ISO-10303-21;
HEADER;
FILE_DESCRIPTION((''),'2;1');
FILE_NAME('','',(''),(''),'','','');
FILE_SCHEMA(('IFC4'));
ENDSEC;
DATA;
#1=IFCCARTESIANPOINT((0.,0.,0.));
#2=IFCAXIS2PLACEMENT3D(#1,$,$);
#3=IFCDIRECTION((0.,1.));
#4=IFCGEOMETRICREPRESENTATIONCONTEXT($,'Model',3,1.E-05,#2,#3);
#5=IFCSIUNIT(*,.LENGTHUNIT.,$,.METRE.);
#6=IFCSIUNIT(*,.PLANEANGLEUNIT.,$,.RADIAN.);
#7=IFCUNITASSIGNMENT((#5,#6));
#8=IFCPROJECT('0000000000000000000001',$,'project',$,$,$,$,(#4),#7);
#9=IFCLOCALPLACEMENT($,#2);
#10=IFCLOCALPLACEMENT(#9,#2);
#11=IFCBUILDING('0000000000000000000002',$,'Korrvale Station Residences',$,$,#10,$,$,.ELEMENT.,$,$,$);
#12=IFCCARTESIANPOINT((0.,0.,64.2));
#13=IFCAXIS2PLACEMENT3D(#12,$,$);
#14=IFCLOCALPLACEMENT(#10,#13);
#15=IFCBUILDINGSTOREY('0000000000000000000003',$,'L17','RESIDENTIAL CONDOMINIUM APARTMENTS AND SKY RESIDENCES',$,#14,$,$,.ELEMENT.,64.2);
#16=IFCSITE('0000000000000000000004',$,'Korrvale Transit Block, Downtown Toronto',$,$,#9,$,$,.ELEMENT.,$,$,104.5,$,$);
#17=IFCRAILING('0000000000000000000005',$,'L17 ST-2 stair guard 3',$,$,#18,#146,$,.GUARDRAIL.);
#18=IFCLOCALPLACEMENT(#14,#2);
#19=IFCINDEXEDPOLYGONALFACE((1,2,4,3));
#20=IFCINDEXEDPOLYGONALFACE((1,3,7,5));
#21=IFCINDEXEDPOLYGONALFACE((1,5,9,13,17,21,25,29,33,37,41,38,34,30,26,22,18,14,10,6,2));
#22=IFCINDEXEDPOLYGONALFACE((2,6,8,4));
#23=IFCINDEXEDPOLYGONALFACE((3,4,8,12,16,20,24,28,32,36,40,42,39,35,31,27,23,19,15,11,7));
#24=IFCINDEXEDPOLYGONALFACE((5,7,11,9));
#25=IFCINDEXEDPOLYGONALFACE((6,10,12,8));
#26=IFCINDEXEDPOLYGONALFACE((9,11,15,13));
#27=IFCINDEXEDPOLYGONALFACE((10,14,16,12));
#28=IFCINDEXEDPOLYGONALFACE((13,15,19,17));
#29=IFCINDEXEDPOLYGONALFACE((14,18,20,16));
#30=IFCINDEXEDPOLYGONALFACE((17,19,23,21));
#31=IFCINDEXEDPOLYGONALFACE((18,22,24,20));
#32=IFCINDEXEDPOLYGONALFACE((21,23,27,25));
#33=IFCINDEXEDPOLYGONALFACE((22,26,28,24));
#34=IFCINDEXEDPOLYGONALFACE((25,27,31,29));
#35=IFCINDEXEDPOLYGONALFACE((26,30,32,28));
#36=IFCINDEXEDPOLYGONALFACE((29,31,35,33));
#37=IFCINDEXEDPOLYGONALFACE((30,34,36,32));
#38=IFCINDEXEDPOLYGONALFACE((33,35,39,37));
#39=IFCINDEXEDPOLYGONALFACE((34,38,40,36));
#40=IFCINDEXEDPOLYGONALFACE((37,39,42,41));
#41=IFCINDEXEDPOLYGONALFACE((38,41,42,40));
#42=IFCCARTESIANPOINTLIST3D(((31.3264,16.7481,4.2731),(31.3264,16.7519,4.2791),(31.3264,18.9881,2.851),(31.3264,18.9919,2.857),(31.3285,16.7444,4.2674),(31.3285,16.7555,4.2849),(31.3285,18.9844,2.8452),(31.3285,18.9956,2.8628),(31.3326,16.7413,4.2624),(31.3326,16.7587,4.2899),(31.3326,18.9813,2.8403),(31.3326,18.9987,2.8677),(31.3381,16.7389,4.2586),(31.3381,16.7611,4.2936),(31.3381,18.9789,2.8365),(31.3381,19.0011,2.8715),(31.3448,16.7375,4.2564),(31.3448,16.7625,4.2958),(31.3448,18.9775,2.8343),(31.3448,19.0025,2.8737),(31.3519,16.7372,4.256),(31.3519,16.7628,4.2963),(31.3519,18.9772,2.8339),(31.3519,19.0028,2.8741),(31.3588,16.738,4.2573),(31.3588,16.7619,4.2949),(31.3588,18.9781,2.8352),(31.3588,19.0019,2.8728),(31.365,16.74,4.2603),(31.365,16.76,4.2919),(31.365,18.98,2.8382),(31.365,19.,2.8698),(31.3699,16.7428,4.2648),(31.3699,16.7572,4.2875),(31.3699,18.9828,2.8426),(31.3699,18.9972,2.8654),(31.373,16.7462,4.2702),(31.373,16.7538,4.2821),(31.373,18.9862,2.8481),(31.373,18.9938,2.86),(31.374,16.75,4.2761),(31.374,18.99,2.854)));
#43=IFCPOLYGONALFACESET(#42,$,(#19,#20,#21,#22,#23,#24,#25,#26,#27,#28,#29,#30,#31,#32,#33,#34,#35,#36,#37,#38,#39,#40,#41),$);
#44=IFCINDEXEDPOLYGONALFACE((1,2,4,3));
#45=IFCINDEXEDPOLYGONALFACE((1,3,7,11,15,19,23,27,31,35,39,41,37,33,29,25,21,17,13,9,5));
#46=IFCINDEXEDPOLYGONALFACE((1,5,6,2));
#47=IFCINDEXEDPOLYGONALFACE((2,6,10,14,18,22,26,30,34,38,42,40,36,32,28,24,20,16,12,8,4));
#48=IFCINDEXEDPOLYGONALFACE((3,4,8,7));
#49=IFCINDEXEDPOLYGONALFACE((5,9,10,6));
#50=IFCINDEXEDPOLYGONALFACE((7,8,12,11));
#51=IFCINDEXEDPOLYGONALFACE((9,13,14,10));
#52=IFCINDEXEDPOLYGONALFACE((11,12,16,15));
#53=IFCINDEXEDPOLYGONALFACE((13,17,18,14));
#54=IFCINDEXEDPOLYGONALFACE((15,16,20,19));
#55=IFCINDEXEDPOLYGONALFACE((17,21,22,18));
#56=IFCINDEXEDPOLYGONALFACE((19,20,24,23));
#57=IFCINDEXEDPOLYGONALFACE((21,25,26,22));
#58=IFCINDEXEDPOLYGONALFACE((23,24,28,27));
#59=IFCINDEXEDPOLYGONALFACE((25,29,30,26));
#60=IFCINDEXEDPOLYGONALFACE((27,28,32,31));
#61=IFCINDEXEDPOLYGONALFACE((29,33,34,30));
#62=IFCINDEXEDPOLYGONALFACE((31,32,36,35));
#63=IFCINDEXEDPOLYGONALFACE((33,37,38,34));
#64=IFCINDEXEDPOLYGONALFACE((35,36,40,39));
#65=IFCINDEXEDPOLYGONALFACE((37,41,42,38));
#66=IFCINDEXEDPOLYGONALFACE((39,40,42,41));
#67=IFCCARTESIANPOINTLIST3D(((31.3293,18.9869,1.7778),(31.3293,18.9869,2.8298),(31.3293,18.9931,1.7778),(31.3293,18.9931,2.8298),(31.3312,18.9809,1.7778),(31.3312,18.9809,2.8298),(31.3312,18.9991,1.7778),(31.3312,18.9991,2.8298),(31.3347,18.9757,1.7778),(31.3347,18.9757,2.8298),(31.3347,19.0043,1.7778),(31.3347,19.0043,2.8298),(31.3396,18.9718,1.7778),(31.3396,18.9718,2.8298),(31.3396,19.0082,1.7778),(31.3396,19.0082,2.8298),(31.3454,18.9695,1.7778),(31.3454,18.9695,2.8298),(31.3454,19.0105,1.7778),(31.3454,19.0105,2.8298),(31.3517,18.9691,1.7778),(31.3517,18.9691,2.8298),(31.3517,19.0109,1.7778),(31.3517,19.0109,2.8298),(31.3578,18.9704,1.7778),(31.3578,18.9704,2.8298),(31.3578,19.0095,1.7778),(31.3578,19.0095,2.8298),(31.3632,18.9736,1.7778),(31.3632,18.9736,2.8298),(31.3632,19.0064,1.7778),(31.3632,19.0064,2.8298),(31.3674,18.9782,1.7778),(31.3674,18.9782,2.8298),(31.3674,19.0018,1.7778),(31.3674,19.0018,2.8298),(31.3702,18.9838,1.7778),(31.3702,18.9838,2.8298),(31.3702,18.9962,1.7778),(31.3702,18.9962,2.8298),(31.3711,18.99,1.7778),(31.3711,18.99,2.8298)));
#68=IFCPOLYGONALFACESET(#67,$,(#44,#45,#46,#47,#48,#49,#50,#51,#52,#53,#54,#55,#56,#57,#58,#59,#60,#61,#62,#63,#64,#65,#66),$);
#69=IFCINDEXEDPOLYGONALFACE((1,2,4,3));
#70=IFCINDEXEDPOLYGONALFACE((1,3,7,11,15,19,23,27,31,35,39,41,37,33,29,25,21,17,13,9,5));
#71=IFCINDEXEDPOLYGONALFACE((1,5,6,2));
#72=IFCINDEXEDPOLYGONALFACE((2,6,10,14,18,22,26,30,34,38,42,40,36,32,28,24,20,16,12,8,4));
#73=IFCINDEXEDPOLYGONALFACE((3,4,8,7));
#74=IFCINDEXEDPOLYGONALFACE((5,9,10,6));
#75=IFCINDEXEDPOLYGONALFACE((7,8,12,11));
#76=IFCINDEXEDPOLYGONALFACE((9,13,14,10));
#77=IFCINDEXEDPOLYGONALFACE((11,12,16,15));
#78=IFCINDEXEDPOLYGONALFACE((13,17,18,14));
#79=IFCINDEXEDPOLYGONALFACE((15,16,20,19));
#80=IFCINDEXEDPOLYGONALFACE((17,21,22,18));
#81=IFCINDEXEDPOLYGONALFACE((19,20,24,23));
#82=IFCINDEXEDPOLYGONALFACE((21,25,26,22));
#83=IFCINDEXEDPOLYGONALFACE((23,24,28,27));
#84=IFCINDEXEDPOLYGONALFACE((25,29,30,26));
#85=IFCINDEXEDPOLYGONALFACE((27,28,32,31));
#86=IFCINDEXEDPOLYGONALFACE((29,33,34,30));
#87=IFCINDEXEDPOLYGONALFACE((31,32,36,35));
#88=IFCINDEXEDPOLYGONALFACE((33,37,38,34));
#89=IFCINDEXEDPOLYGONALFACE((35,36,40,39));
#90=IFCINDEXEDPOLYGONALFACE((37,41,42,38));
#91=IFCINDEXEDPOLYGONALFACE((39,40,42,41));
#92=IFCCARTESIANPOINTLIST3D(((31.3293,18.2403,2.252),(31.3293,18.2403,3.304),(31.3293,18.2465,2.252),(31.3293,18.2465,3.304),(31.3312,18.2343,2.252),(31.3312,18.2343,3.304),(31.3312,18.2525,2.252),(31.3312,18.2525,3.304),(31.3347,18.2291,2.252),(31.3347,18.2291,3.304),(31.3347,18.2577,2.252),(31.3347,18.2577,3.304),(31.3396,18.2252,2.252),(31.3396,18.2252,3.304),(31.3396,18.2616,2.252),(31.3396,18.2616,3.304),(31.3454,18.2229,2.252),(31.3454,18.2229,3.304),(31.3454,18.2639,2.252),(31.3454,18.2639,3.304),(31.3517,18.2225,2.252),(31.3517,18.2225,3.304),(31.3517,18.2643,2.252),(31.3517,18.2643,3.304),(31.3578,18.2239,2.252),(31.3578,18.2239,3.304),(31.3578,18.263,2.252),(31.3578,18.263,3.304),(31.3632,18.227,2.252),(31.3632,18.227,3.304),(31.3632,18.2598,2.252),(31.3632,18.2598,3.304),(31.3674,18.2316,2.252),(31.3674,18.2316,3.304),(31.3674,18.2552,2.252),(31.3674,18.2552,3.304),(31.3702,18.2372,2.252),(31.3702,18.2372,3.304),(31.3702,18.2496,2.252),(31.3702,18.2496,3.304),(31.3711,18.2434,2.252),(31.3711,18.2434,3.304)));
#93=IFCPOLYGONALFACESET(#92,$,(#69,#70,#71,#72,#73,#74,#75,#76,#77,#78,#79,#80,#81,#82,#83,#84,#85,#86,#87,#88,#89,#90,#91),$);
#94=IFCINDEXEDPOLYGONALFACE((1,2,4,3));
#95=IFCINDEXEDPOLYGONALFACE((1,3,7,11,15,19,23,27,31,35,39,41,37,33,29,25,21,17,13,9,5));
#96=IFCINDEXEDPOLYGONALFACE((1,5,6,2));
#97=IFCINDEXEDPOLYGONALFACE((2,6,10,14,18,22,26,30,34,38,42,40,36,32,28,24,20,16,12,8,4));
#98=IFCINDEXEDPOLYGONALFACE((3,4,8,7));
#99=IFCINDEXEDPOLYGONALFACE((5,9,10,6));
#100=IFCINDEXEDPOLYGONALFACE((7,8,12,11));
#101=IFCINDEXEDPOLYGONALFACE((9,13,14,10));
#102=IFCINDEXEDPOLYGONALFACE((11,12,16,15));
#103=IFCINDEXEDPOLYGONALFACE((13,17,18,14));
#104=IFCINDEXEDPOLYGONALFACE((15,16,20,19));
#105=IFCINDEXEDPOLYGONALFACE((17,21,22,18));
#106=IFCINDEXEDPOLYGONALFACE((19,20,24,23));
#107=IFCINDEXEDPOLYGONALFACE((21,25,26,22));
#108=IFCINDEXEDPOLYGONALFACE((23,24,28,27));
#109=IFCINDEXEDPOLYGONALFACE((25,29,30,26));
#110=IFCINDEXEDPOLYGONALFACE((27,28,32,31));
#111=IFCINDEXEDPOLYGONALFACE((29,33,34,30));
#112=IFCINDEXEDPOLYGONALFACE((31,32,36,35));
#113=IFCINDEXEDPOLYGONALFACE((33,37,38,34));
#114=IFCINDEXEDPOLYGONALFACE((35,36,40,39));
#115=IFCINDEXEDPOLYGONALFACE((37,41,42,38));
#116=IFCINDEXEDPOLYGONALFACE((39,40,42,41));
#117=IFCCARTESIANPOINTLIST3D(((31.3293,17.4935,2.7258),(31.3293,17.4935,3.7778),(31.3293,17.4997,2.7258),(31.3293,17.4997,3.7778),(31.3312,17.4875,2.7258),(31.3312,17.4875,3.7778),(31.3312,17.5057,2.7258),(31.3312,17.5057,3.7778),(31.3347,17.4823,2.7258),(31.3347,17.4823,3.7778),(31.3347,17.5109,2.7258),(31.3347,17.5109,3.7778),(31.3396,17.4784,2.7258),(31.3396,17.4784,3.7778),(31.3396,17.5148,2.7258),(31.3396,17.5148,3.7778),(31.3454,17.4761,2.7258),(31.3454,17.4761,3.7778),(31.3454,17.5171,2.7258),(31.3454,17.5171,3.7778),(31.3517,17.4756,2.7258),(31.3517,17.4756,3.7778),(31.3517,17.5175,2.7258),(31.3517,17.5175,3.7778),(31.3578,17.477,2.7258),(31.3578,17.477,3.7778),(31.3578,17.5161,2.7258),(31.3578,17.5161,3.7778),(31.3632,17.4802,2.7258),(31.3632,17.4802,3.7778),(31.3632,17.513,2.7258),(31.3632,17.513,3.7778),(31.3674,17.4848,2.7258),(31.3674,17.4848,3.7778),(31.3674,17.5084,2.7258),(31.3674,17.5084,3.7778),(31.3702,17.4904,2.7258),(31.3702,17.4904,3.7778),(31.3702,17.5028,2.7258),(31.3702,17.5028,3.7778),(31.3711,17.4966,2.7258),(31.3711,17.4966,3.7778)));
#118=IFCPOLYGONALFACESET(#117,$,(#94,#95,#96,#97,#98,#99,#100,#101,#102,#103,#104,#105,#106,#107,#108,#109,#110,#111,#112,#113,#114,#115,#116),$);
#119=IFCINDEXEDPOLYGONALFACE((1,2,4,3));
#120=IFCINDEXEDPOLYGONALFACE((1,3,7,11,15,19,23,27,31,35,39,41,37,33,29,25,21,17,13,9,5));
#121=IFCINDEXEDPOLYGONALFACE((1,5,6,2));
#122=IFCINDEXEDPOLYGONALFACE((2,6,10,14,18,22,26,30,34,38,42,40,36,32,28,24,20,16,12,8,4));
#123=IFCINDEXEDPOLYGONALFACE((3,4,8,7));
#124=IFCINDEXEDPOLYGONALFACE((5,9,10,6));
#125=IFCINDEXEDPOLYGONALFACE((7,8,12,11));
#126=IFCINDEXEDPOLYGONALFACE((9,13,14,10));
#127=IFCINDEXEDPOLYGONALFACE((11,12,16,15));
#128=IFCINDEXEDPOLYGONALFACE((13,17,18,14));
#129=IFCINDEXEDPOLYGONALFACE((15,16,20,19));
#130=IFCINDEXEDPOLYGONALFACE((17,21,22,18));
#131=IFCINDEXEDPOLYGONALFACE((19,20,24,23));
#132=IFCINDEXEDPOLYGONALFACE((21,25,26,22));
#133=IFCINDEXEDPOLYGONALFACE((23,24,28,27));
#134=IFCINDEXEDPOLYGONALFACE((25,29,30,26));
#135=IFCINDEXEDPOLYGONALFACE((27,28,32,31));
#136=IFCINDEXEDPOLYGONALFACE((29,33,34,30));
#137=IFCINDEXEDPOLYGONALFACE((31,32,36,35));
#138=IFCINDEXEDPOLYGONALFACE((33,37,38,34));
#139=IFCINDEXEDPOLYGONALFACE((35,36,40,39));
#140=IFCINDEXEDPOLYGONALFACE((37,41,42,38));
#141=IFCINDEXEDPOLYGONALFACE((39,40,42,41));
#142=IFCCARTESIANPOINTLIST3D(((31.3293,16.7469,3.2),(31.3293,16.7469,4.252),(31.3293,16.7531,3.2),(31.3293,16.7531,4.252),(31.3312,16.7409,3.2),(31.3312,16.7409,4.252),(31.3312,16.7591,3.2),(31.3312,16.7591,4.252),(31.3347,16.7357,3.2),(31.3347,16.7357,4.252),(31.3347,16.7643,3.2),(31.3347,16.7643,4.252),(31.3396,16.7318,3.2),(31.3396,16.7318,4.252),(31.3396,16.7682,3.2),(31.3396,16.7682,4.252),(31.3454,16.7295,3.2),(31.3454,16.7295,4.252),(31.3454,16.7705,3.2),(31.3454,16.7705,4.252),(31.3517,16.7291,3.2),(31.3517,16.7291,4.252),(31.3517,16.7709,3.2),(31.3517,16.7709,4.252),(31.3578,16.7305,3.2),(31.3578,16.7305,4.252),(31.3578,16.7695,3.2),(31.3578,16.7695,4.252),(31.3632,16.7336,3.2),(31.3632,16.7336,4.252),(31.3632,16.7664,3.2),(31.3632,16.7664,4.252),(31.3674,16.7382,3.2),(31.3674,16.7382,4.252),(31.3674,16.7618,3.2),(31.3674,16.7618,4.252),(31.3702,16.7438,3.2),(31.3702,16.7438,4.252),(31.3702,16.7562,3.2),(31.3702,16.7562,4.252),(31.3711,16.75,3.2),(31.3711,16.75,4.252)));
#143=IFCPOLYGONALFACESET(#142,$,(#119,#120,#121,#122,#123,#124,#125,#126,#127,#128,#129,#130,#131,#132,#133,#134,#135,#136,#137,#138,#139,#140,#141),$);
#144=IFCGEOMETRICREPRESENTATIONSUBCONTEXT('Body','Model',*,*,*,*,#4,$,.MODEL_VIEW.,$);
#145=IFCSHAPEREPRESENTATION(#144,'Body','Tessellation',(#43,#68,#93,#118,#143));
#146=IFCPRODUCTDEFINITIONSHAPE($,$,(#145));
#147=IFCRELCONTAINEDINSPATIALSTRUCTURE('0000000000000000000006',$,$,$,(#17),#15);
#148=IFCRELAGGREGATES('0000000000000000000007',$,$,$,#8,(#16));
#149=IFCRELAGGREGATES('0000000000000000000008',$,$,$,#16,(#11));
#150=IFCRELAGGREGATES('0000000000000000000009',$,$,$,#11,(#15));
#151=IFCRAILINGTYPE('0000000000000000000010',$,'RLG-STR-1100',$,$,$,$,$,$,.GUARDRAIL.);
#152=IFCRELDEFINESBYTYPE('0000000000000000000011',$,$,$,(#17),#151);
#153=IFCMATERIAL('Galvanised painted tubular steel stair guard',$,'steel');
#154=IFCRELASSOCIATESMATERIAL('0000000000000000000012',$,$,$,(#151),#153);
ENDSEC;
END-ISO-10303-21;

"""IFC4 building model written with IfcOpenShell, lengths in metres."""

from ifc_helpers import new_model, si_unit, direction, frame, origin, origin_2d, place, context, subcontext, project, spatial, circle, extrude, material, type_object, element, save


model = new_model("IFC4")

# Units and contexts
model_context = context("Model", 3, precision=1e-05, world=origin(), true_north=direction((0.0, 1.0)))
body_context = subcontext(model_context, "Body", "Model", "MODEL_VIEW")
ifc_project = project(units=[si_unit("LENGTHUNIT", "METRE"), si_unit("PLANEANGLEUNIT", "RADIAN")], contexts=[model_context])

# Site, building, storey
site_placement = place(None, origin())
site = spatial("IfcSite", under=ifc_project, at=site_placement, Name="Korrvale Transit Block, Downtown Toronto", CompositionType="ELEMENT", RefElevation=104.5)
building_placement = place(site_placement, origin())
building = spatial("IfcBuilding", under=site, at=building_placement, Name="Korrvale Station Residences", CompositionType="ELEMENT")
storey_placement = place(building_placement, frame((0.0, 0.0, 64.2)))
storey = spatial("IfcBuildingStorey", under=building, at=storey_placement, Name="L17", Description="RESIDENTIAL CONDOMINIUM APARTMENTS AND SKY RESIDENCES", CompositionType="ELEMENT", Elevation=64.2)

# Railing
ifc_material_1 = material(Name="Galvanised painted tubular steel stair guard", Category="steel")
railing_type_1 = type_object("IfcRailingType", Name="RLG-STR-1100", PredefinedType="GUARDRAIL", material=ifc_material_1)
railing_1_placement = place(storey_placement, frame((31.3501, 18.99, 1.7778)))
element("IfcRailing", 1, at=railing_1_placement, inside=storey, type_object=railing_type_1, Name="L17 ST-2 stair guard 3", PredefinedType="GUARDRAIL", context=body_context, shape_type="SweptSolid", body=[
    extrude(circle(Radius=0.0239, at=origin_2d()), frame((0.0, 0.0, 1.0762), z_axis=(0.0, -0.844229, 0.535982), x_axis=(1.0, 0.0, 0.0)), (0.0, 0.0, 1.0), 2.6533),
    extrude(circle(Radius=0.021, at=origin_2d()), origin(), (0.0, 0.0, 1.0), 1.052),
    extrude(circle(Radius=0.021, at=origin_2d()), frame((0.0, -0.7466, 0.4741)), (0.0, 0.0, 1.0), 1.052),
    extrude(circle(Radius=0.021, at=origin_2d()), frame((0.0, -1.4934, 0.948)), (0.0, 0.0, 1.0), 1.052),
    extrude(circle(Radius=0.021, at=origin_2d()), frame((0.0, -2.24, 1.4221)), (0.0, 0.0, 1.0), 1.052),
])

save(model, "model.ifc")
